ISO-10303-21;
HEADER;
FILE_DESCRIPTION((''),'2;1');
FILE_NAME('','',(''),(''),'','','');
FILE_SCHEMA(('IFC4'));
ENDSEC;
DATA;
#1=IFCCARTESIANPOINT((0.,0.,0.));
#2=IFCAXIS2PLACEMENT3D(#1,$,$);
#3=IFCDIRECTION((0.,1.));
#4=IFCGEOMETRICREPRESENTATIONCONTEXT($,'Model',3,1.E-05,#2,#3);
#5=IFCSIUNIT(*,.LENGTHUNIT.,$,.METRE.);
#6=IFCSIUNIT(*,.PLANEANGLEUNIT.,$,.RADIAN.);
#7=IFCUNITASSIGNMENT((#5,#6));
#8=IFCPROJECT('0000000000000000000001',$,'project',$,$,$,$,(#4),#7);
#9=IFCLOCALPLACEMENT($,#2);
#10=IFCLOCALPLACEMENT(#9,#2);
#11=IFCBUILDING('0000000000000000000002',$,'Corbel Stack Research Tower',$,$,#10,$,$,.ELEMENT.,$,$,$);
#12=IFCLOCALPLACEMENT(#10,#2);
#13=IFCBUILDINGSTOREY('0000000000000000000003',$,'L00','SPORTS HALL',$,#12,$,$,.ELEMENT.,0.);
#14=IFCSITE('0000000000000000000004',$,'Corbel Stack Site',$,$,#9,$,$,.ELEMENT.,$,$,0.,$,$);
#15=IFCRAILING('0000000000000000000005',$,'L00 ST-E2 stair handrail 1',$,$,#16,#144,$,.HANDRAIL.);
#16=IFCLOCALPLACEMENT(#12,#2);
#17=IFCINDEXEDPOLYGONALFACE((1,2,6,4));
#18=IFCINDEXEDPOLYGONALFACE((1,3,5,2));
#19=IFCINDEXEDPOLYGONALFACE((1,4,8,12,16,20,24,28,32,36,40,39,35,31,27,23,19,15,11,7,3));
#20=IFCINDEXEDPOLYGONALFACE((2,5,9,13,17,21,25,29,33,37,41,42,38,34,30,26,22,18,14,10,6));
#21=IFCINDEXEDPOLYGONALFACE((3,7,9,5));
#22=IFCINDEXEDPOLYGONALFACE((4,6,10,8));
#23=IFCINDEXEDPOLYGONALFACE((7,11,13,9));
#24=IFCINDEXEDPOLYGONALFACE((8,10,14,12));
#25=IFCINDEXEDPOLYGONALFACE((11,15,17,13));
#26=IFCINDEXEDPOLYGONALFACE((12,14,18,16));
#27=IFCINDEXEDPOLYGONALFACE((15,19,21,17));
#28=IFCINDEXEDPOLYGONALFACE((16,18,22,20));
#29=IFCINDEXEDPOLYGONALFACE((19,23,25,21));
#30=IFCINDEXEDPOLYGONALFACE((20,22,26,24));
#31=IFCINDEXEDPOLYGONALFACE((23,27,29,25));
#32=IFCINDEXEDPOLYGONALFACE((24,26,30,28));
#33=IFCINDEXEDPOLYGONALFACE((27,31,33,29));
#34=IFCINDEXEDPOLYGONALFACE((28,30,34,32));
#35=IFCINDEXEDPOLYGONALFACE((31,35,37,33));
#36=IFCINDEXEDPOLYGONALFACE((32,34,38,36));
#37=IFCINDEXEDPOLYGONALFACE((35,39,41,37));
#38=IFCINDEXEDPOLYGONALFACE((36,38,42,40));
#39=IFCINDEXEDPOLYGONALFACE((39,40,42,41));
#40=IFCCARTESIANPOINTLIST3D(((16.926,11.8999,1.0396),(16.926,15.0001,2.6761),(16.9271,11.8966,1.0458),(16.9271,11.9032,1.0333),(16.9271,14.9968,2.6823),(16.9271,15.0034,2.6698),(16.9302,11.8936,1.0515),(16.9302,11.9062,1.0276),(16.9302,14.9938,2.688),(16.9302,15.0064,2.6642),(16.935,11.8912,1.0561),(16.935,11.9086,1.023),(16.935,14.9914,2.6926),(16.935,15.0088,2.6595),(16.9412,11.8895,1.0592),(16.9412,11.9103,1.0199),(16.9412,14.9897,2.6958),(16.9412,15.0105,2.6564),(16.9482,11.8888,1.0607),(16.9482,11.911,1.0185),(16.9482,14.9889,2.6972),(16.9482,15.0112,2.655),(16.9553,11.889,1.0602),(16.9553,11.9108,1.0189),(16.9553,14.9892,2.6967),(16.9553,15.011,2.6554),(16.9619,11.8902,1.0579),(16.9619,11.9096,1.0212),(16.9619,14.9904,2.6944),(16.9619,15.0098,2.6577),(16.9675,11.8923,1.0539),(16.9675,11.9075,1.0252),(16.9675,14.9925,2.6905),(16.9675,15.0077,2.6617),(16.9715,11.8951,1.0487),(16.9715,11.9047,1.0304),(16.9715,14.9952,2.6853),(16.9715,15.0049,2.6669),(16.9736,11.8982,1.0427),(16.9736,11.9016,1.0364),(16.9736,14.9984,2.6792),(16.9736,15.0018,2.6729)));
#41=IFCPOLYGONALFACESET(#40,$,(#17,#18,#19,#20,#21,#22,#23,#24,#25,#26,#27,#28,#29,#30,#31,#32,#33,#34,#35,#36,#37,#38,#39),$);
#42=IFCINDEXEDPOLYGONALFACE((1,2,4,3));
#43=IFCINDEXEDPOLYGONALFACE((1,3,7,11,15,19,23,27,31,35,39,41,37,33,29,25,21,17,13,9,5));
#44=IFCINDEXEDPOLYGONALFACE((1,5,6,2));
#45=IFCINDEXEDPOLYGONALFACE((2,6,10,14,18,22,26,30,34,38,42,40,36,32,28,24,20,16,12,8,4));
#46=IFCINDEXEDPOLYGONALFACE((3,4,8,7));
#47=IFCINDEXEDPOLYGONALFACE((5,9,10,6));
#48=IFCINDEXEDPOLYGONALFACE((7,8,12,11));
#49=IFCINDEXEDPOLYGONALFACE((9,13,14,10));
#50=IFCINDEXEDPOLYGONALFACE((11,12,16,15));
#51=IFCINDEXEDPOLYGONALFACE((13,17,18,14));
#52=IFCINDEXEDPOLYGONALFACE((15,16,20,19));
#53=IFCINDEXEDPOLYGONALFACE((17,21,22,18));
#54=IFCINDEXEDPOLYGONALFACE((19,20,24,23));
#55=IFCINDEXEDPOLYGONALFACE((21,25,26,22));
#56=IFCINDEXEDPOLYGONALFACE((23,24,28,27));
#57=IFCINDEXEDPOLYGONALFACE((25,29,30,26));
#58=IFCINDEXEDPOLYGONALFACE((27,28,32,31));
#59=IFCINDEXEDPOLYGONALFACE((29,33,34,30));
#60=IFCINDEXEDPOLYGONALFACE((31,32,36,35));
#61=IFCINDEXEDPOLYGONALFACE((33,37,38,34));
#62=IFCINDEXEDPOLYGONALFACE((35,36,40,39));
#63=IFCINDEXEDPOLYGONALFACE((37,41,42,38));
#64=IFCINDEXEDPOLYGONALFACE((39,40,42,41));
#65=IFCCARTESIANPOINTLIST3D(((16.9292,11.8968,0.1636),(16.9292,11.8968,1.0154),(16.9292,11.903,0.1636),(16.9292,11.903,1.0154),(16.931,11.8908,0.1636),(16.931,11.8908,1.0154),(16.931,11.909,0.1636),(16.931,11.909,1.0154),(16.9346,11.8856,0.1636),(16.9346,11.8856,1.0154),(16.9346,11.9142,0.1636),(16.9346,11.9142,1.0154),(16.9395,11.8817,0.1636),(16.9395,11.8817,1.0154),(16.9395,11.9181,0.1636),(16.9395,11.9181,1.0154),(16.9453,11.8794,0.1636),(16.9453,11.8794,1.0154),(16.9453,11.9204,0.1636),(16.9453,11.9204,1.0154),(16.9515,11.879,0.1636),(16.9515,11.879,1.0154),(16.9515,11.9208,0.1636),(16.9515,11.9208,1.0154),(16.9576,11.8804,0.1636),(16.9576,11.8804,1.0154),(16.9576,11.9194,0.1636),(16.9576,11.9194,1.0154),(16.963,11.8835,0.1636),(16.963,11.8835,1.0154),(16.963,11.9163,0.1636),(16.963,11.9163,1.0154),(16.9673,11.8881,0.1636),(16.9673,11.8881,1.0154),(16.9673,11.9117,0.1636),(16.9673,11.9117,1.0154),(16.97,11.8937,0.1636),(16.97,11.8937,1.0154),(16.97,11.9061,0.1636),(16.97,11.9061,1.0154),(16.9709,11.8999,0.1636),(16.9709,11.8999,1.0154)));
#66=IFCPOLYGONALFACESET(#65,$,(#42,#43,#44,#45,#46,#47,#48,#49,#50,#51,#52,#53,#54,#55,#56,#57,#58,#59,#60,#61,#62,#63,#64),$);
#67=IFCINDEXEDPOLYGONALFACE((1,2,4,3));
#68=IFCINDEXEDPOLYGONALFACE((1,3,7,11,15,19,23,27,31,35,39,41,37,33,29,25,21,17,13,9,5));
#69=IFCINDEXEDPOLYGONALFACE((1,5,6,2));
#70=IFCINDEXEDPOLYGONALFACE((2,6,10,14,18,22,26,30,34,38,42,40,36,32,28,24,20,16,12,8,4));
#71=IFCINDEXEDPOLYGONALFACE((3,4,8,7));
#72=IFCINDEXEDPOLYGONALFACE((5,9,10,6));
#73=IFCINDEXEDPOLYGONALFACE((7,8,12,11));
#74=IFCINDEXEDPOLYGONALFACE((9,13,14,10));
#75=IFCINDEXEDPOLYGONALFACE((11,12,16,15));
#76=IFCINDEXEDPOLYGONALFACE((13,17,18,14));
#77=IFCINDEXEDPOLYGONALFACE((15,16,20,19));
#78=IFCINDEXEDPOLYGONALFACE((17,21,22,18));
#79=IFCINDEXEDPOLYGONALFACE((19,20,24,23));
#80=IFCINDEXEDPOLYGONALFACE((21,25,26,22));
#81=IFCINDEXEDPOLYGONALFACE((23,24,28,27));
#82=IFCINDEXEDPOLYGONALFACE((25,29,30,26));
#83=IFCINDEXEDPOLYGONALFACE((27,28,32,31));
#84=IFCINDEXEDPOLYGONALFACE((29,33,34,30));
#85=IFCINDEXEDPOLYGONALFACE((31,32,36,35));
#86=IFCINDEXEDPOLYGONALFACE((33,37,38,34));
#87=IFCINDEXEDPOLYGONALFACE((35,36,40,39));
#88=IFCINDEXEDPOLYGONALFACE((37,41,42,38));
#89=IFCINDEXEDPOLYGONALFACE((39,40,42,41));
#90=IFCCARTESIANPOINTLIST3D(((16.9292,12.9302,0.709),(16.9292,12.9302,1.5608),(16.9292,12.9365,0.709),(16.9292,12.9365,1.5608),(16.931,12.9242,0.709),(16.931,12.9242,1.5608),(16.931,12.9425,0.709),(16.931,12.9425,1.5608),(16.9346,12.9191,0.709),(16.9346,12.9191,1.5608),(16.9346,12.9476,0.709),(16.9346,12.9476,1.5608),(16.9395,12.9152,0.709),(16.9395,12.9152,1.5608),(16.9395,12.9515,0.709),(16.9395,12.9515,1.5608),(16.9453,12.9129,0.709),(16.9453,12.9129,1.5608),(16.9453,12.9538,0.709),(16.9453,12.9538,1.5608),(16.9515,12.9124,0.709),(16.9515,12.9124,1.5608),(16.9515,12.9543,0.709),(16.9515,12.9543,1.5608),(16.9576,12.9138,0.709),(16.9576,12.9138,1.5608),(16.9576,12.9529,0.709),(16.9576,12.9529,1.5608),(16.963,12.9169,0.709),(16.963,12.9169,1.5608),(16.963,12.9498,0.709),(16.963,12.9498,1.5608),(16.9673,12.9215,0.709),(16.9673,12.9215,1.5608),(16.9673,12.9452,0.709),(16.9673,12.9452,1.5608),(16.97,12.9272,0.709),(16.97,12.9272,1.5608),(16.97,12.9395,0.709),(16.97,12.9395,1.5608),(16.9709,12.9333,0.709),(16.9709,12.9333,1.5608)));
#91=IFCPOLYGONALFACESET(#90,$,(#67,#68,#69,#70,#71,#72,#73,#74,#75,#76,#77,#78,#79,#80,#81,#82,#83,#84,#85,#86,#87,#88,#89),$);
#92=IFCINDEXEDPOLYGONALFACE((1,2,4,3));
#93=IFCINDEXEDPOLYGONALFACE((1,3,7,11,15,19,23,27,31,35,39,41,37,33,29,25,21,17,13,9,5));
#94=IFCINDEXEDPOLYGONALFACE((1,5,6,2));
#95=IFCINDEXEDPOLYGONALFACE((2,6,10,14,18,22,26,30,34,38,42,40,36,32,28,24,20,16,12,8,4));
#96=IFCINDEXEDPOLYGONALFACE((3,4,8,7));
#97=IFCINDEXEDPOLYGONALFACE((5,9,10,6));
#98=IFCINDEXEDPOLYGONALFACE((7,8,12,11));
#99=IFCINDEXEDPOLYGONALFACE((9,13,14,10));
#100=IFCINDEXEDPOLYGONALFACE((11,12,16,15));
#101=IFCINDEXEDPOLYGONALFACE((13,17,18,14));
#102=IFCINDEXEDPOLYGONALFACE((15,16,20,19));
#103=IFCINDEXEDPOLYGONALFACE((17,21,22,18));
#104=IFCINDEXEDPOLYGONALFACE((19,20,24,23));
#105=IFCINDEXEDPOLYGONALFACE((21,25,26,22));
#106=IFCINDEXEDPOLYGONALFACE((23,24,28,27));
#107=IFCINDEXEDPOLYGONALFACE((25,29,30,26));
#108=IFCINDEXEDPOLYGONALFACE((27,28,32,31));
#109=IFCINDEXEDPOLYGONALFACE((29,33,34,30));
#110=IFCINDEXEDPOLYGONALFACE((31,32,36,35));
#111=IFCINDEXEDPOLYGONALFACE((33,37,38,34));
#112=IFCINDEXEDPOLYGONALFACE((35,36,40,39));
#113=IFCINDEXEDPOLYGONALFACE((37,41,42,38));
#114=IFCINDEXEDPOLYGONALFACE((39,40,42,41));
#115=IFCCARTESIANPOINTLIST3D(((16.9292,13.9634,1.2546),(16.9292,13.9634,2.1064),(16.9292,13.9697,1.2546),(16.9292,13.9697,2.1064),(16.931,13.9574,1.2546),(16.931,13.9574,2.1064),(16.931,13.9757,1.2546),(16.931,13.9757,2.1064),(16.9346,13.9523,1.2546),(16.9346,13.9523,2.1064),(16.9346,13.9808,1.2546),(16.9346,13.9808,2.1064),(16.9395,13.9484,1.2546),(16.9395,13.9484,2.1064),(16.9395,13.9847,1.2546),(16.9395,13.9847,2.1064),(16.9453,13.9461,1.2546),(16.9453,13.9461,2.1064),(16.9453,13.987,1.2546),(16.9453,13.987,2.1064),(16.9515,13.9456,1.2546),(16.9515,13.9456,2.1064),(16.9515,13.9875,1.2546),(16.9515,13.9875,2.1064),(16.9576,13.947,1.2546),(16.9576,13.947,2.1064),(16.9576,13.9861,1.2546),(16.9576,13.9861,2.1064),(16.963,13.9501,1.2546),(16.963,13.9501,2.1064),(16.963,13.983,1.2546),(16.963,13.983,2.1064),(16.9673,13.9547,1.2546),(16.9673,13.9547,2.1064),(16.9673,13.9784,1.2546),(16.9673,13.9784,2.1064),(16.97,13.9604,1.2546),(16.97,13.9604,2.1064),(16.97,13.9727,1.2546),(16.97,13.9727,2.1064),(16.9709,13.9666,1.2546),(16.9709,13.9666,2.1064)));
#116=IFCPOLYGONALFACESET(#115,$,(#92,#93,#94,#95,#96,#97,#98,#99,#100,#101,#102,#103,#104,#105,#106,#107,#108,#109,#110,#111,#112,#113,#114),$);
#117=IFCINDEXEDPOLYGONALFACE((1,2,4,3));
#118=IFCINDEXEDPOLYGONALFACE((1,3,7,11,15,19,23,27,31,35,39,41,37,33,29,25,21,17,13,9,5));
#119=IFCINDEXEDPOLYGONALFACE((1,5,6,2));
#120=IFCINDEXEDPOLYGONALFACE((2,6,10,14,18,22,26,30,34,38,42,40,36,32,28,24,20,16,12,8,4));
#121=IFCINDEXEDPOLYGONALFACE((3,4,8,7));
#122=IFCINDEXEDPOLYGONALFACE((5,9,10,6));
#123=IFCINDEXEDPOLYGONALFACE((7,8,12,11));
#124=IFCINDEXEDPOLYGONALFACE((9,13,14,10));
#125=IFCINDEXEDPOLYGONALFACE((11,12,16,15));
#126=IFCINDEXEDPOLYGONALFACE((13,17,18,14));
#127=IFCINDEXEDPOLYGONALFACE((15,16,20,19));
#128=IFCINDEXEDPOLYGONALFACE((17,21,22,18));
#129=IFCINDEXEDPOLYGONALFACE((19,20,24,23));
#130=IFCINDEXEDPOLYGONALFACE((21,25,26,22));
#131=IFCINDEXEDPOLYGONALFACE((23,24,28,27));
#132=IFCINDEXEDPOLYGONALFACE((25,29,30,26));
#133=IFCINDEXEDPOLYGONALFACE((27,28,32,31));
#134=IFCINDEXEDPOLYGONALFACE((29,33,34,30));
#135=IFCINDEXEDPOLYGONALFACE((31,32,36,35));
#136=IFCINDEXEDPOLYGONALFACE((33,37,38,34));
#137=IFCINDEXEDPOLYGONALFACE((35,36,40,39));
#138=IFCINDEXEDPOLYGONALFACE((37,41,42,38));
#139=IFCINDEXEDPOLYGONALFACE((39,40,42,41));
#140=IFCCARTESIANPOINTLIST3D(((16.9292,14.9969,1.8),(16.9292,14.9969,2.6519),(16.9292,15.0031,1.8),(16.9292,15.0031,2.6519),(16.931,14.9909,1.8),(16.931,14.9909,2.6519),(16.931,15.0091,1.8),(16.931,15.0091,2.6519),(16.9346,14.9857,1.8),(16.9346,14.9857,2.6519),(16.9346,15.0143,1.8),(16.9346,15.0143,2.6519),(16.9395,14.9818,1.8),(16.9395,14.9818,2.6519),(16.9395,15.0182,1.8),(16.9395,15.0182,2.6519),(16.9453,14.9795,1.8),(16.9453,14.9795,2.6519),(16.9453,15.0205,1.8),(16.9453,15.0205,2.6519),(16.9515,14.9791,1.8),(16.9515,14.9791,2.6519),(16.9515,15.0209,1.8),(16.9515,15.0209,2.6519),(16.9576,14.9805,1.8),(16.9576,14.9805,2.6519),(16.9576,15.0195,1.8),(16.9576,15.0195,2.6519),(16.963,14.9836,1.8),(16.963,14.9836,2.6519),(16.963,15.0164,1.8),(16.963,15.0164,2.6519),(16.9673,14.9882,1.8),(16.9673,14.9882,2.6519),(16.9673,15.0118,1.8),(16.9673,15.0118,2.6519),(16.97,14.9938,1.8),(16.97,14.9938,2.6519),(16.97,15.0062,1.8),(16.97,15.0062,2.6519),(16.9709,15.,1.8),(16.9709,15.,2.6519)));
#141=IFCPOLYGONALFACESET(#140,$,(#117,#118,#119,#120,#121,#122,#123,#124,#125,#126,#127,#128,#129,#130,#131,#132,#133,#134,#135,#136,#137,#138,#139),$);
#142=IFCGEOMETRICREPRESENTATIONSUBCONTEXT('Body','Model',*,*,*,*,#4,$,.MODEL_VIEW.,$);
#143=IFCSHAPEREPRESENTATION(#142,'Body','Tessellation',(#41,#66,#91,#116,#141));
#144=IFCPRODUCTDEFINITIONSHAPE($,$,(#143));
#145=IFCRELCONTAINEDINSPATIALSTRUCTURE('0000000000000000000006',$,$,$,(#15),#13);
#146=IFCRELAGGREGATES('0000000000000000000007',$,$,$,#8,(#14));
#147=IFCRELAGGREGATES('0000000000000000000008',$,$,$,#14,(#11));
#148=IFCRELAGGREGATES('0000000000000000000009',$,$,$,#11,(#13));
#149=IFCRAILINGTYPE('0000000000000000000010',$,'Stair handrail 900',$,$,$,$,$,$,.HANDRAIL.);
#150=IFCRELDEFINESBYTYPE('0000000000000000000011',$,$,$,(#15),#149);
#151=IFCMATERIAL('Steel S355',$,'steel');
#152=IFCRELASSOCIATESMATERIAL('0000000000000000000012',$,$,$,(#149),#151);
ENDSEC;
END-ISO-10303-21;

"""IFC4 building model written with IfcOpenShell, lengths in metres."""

from ifc_helpers import new_model, si_unit, direction, frame, origin, origin_2d, place, context, subcontext, project, spatial, circle, extrude, material, type_object, element, save


model = new_model("IFC4")

# Units and contexts
model_context = context("Model", 3, precision=1e-05, world=origin(), true_north=direction((0.0, 1.0)))
body_context = subcontext(model_context, "Body", "Model", "MODEL_VIEW")
ifc_project = project(units=[si_unit("LENGTHUNIT", "METRE"), si_unit("PLANEANGLEUNIT", "RADIAN")], contexts=[model_context])

# Site, building, storey
site_placement = place(None, origin())
site = spatial("IfcSite", under=ifc_project, at=site_placement, Name="Corbel Stack Site", CompositionType="ELEMENT", RefElevation=0.0)
building_placement = place(site_placement, origin())
building = spatial("IfcBuilding", under=site, at=building_placement, Name="Corbel Stack Research Tower", CompositionType="ELEMENT")
storey_placement = place(building_placement, origin())
storey = spatial("IfcBuildingStorey", under=building, at=storey_placement, Name="L00", Description="SPORTS HALL", CompositionType="ELEMENT", Elevation=0.0)

# Railing
ifc_material_1 = material(Name="Steel S355", Category="steel")
railing_type_1 = type_object("IfcRailingType", Name="Stair handrail 900", PredefinedType="HANDRAIL", material=ifc_material_1)
railing_1_placement = place(storey_placement, frame((16.95, 11.8999, 0.1636)))
element("IfcRailing", 1, at=railing_1_placement, inside=storey, type_object=railing_type_1, Name="L00 ST-E2 stair handrail 1", PredefinedType="HANDRAIL", context=body_context, shape_type="SweptSolid", body=[
    extrude(circle(Radius=0.0239, at=origin_2d()), frame((0.0, 0.0, 0.876), z_axis=(0.0, 0.884348, 0.466828), x_axis=(-1.0, 0.0, 0.0)), (0.0, 0.0, 1.0), 3.5056),
    extrude(circle(Radius=0.021, at=origin_2d()), origin(), (0.0, 0.0, 1.0), 0.8518),
    extrude(circle(Radius=0.021, at=origin_2d()), frame((0.0, 1.0334, 0.5454)), (0.0, 0.0, 1.0), 0.8518),
    extrude(circle(Radius=0.021, at=origin_2d()), frame((0.0, 2.0667, 1.0911)), (0.0, 0.0, 1.0), 0.8518),
    extrude(circle(Radius=0.021, at=origin_2d()), frame((0.0, 3.1001, 1.6365)), (0.0, 0.0, 1.0), 0.8518),
])

save(model, "model.ifc")
